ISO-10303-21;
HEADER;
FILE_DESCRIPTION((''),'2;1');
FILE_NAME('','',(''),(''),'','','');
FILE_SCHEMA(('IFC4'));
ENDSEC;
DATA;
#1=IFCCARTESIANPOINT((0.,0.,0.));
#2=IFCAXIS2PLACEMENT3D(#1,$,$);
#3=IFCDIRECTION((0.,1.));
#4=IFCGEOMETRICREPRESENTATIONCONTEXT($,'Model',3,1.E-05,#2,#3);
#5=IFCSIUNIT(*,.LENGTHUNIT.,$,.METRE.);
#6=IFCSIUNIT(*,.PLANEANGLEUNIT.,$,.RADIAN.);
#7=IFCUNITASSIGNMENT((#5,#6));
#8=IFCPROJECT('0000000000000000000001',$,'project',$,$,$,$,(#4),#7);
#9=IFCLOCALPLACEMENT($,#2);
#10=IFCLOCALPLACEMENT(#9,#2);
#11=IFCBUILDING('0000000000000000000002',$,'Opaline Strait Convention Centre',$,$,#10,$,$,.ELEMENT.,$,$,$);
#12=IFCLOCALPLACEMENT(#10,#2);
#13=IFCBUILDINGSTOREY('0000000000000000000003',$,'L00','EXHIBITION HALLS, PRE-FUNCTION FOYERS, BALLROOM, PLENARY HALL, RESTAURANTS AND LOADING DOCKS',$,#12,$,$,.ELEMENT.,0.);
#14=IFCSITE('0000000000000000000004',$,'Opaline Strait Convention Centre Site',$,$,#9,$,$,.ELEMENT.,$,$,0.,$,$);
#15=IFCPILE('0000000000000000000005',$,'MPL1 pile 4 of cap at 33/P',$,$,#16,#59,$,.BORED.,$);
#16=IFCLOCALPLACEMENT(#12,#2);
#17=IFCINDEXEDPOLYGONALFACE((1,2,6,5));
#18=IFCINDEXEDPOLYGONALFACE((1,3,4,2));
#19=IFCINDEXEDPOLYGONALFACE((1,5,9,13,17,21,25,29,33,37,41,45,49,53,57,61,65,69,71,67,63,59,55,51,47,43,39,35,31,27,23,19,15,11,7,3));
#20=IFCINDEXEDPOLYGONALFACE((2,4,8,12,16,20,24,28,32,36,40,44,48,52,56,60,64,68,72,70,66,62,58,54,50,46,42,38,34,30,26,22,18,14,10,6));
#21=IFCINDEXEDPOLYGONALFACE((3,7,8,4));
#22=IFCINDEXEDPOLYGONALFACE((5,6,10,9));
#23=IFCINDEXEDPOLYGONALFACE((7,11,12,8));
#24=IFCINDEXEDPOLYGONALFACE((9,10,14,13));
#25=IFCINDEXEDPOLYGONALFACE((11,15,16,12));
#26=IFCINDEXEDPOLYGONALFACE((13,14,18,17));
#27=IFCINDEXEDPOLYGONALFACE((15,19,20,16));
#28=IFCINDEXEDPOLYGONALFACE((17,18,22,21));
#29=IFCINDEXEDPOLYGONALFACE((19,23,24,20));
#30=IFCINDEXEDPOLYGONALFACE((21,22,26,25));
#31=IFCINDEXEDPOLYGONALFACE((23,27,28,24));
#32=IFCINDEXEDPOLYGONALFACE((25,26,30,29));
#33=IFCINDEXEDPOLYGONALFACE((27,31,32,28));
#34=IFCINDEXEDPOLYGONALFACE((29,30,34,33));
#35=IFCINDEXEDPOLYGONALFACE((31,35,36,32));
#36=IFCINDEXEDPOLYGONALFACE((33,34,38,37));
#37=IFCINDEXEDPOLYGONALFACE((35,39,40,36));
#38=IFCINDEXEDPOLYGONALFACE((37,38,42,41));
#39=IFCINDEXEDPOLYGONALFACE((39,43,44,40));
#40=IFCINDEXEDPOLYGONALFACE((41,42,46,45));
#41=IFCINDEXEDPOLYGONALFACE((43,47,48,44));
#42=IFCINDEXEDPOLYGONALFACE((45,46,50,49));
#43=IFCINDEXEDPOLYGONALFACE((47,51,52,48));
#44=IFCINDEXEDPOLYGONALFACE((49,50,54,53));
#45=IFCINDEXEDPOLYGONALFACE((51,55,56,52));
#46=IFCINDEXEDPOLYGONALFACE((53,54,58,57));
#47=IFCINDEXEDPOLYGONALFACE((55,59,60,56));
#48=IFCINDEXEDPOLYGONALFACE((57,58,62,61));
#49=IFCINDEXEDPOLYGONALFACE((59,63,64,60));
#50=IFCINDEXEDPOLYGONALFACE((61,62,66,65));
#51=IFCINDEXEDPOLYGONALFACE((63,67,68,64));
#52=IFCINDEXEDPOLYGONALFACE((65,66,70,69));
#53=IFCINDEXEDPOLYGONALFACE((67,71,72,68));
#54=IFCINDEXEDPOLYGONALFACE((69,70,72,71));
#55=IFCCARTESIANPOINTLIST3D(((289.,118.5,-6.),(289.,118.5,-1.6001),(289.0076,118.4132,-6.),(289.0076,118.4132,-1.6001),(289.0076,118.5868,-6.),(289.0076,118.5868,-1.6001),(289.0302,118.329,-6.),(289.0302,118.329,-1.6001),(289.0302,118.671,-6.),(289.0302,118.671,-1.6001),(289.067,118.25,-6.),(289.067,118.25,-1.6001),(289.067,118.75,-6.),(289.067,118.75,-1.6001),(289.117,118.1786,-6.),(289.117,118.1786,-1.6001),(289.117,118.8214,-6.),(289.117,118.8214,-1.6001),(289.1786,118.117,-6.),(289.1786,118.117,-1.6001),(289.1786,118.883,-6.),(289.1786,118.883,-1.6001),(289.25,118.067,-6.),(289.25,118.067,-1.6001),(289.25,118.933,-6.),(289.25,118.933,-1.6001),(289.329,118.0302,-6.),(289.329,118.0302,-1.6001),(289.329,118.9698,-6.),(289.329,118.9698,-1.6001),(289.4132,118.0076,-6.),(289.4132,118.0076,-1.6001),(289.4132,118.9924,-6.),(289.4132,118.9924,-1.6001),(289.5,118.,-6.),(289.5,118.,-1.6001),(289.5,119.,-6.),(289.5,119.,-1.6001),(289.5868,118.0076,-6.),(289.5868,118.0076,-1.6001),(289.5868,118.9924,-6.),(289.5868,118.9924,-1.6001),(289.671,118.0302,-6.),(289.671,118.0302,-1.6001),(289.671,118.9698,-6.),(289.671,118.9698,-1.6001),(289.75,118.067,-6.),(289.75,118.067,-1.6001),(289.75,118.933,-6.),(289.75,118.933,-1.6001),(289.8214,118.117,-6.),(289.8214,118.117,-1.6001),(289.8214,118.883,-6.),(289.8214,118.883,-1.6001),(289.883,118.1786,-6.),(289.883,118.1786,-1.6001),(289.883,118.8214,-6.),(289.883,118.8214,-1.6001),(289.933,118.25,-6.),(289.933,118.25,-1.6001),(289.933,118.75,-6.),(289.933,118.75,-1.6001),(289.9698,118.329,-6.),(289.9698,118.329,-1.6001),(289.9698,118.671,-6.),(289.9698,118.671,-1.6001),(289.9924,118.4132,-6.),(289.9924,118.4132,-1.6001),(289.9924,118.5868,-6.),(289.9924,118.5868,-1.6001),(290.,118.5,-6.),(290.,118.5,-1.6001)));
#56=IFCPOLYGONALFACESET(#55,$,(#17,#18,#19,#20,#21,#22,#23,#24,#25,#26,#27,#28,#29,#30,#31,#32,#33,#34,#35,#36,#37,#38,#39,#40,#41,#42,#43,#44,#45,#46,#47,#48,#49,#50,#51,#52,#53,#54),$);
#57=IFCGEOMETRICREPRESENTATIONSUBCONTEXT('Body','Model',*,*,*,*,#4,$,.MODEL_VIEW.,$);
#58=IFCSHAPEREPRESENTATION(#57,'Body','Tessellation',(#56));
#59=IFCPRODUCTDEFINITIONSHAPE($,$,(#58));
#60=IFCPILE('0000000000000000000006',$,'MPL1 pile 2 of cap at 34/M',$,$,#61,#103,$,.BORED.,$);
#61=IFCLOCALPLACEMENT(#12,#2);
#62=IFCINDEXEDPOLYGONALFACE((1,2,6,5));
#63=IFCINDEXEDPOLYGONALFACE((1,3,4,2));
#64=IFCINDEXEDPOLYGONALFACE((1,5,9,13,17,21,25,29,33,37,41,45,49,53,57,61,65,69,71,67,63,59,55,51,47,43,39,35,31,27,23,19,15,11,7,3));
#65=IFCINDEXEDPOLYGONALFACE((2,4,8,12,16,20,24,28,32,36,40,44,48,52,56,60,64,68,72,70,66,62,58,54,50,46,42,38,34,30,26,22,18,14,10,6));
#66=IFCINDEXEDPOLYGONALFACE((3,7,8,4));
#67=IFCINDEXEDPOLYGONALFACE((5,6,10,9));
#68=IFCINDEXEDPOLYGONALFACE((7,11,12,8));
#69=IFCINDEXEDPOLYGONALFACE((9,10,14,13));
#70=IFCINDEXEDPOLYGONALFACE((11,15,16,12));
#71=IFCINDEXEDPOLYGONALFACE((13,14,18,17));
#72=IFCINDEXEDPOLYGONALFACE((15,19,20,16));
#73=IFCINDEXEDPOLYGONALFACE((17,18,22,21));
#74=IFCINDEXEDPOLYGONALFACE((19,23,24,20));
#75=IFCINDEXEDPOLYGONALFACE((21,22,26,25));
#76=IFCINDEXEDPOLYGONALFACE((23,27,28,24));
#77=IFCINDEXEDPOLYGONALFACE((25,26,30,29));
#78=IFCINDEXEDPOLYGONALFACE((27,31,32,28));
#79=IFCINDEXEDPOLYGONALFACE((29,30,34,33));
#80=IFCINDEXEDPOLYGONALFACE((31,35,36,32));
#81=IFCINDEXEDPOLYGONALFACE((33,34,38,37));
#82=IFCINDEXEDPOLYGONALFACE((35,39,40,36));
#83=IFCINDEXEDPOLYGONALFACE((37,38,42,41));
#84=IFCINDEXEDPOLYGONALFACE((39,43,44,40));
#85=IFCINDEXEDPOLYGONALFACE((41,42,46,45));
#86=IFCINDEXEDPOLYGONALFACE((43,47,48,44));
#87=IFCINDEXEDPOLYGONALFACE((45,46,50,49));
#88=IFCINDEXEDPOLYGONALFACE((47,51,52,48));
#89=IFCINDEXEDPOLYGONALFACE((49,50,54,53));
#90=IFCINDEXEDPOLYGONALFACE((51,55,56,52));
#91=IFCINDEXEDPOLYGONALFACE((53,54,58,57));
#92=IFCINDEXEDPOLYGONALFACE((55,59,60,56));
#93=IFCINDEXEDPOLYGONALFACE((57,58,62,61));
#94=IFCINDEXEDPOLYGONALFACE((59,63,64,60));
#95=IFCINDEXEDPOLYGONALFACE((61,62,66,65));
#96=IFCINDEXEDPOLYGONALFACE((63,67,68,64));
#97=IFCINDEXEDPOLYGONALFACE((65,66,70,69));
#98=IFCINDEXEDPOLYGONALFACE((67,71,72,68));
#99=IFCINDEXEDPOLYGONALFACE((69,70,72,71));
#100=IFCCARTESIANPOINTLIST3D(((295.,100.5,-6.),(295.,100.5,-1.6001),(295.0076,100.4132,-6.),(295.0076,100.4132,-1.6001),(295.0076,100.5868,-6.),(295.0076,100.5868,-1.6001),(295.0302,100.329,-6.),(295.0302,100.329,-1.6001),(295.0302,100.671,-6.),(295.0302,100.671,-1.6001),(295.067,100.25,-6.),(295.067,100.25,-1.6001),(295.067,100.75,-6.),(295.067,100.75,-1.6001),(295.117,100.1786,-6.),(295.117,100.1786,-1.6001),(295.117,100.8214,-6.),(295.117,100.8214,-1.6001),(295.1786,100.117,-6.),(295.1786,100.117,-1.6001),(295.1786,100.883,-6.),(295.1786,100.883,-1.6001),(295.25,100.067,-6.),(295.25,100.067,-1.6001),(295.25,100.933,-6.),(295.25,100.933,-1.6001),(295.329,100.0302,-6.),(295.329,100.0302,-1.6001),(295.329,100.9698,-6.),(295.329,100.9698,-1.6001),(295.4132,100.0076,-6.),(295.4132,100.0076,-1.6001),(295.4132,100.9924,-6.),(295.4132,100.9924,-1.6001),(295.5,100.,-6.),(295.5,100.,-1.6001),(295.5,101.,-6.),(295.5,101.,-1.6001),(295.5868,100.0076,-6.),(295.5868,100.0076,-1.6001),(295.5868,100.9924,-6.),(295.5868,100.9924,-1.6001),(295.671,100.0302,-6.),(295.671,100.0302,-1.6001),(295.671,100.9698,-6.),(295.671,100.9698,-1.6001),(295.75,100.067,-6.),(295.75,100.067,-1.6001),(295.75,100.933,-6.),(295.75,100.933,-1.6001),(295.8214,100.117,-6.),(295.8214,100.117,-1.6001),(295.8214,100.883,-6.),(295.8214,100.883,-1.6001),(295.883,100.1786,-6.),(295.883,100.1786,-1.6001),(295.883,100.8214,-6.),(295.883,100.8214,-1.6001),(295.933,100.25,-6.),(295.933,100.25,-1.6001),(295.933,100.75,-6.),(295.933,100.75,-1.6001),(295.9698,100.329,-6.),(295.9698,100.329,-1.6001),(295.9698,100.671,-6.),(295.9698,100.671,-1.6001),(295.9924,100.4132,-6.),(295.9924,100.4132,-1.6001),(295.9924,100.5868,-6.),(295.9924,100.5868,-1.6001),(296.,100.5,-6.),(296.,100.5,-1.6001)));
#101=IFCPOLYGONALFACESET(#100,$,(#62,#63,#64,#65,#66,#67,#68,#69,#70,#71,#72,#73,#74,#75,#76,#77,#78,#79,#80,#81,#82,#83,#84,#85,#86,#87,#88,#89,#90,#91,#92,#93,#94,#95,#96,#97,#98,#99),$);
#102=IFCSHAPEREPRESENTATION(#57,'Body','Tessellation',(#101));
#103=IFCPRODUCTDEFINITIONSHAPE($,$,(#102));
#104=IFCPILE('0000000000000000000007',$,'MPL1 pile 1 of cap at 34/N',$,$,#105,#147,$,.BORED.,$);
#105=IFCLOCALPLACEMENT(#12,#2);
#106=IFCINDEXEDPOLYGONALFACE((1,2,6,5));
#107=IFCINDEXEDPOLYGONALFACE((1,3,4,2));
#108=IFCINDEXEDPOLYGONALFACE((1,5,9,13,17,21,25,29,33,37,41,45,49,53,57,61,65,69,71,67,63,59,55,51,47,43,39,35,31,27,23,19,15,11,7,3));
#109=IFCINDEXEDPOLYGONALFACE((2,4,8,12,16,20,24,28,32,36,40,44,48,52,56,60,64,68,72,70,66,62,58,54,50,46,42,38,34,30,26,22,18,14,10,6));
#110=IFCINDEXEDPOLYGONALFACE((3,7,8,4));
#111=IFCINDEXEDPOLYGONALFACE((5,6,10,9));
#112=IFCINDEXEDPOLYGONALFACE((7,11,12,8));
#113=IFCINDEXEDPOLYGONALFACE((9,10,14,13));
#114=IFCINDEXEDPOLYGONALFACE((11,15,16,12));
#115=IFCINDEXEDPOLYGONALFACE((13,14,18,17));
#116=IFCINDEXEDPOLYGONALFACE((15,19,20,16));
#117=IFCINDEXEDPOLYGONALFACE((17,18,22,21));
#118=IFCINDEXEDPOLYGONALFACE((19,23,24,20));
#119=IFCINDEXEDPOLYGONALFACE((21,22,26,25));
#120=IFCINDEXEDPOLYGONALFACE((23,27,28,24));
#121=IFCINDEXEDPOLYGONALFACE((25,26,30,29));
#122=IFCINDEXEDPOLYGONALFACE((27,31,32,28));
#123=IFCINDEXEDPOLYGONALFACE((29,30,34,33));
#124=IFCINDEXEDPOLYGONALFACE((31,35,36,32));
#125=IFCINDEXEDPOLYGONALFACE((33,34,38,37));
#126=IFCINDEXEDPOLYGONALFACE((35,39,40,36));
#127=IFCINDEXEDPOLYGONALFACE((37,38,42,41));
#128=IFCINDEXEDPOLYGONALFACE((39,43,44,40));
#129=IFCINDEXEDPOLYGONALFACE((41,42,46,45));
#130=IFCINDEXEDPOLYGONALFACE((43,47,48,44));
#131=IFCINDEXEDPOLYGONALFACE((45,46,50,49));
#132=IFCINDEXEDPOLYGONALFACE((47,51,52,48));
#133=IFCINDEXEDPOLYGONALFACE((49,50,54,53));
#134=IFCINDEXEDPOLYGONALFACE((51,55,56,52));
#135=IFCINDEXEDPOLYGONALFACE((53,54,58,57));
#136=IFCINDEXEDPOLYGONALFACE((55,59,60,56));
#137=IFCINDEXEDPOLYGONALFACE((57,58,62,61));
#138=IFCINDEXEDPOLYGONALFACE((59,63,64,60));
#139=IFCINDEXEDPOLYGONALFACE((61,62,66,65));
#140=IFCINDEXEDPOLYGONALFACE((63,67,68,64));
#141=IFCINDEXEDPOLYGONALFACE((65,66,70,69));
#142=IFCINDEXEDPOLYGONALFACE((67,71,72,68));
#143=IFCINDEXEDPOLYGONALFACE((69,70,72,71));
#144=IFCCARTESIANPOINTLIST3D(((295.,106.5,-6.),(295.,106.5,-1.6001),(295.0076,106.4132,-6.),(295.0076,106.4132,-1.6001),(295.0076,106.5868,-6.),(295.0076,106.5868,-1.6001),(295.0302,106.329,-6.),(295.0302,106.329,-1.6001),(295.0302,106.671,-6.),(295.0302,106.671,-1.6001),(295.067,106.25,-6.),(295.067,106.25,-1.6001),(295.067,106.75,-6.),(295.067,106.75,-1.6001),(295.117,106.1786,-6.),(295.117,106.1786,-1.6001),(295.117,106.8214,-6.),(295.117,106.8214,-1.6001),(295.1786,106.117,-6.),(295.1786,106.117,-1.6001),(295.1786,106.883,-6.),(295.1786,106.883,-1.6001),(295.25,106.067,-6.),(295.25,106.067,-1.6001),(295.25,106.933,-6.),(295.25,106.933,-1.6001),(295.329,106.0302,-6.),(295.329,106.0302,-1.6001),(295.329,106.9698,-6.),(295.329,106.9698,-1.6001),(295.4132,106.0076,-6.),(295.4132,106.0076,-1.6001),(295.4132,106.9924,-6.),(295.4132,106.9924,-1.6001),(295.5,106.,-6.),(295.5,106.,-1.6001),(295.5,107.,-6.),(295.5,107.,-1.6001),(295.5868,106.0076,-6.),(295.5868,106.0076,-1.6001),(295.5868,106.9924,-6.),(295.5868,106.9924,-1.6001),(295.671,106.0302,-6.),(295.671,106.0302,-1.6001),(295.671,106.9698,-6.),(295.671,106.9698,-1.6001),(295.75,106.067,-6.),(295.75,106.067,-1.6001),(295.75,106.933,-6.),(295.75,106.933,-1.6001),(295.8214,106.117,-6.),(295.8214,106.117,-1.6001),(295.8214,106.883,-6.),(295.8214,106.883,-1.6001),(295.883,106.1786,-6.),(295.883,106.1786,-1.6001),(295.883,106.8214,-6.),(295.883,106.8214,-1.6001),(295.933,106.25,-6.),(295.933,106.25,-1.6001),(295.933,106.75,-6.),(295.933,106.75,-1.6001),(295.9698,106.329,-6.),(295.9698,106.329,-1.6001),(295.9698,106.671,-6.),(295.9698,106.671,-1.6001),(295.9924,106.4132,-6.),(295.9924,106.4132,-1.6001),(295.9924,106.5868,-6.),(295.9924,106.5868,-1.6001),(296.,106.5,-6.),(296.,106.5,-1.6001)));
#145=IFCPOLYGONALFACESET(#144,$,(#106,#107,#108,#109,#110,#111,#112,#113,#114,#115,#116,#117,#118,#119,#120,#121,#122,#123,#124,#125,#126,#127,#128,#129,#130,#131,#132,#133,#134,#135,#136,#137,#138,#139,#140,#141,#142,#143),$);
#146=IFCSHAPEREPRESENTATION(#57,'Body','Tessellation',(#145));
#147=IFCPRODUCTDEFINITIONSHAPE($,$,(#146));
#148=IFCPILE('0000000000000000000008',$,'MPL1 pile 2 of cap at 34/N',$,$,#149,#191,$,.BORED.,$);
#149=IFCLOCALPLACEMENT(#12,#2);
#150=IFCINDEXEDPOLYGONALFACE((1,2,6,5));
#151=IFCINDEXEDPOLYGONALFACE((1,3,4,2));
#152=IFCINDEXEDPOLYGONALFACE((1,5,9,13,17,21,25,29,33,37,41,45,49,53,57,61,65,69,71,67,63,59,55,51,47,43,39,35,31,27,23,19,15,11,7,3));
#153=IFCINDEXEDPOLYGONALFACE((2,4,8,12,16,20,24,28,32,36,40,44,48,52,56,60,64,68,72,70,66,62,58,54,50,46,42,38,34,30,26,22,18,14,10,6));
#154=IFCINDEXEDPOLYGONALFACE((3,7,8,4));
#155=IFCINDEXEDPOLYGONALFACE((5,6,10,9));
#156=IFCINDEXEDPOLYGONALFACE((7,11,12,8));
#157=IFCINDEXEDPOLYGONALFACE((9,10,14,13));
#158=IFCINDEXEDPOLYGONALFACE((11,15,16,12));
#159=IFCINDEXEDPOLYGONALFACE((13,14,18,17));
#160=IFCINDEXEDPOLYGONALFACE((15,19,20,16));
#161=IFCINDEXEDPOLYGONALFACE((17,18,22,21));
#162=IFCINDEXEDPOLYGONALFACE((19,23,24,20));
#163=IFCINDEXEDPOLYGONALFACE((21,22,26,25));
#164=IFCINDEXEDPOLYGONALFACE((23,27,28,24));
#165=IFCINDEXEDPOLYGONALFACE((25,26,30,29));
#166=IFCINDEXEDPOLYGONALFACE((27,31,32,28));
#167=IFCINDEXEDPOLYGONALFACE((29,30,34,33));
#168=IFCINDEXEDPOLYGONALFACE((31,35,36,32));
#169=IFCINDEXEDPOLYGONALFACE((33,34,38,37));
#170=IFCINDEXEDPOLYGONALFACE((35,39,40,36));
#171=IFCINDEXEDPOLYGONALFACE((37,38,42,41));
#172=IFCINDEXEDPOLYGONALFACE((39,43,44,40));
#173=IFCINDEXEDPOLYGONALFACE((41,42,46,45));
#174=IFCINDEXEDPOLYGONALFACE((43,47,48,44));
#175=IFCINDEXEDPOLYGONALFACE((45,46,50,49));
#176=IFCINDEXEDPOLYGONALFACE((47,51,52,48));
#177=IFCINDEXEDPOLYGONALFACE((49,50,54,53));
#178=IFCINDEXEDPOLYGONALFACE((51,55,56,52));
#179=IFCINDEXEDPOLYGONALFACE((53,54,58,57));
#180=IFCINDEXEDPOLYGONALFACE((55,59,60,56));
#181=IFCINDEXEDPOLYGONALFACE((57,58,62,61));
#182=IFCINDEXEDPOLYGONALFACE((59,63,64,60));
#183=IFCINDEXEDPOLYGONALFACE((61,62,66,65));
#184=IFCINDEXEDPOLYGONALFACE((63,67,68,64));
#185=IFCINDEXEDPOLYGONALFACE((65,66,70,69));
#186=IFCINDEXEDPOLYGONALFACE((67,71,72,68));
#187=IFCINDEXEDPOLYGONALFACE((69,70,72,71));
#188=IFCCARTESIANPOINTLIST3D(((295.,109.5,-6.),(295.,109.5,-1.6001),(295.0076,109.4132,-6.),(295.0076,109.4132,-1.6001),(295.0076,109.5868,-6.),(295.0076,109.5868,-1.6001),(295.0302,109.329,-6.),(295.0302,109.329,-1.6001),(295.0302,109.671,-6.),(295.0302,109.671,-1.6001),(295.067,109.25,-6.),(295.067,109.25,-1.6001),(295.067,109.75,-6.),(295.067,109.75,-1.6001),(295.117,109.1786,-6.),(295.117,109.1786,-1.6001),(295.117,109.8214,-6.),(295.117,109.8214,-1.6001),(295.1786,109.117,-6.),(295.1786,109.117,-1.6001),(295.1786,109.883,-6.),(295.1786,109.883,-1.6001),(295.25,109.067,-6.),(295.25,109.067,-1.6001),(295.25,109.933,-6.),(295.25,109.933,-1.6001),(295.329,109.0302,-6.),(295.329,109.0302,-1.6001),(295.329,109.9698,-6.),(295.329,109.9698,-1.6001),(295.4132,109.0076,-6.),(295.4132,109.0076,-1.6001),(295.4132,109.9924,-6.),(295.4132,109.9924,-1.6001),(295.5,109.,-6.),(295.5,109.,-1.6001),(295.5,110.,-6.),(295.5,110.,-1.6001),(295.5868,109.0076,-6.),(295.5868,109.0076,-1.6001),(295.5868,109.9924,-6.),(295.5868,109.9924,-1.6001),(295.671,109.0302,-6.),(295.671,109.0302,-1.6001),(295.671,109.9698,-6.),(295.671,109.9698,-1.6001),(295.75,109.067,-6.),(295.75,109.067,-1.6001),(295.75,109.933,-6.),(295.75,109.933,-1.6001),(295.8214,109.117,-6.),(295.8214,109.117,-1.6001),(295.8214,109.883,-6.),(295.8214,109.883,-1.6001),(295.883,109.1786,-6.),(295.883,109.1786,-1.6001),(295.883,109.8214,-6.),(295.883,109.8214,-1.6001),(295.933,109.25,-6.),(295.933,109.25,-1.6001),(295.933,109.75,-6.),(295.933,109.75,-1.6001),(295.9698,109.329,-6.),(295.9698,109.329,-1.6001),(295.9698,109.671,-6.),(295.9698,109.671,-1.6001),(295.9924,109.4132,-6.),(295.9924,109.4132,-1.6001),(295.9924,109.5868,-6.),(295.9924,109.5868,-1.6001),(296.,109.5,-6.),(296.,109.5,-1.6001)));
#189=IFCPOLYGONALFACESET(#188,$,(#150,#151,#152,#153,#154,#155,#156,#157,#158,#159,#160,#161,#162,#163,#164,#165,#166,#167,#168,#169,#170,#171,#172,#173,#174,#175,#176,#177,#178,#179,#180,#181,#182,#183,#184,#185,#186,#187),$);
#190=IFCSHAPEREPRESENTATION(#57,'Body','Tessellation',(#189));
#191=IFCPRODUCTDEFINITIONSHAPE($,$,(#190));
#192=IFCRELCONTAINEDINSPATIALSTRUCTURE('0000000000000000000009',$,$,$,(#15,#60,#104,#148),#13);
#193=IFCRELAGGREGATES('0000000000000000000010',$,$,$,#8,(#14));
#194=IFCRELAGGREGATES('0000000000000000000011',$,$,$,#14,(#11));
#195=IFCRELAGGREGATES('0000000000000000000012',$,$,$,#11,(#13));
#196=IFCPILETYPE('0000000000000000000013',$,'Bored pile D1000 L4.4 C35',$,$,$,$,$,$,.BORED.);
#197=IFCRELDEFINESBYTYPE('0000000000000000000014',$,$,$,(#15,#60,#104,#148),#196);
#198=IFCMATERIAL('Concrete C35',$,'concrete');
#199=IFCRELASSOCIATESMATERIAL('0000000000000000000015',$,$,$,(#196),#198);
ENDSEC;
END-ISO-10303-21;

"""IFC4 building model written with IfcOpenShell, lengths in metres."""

from ifc_helpers import new_model, si_unit, direction, frame, origin, origin_2d, place, context, subcontext, project, spatial, circle, extrude, material, material_profile, profile_set, type_object, element, save


model = new_model("IFC4")

# Units and contexts
model_context = context("Model", 3, precision=1e-05, world=origin(), true_north=direction((0.0, 1.0)))
body_context = subcontext(model_context, "Body", "Model", "MODEL_VIEW")
ifc_project = project(units=[si_unit("LENGTHUNIT", "METRE"), si_unit("PLANEANGLEUNIT", "RADIAN")], contexts=[model_context])

# Site, building, storey
site_placement = place(None, origin())
site = spatial("IfcSite", under=ifc_project, at=site_placement, Name="Opaline Strait Convention Centre Site", CompositionType="ELEMENT", RefElevation=0.0)
building_placement = place(site_placement, origin())
building = spatial("IfcBuilding", under=site, at=building_placement, Name="Opaline Strait Convention Centre", CompositionType="ELEMENT")
storey_placement = place(building_placement, origin())
storey = spatial("IfcBuildingStorey", under=building, at=storey_placement, Name="L00", Description="EXHIBITION HALLS, PRE-FUNCTION FOYERS, BALLROOM, PLENARY HALL, RESTAURANTS AND LOADING DOCKS", CompositionType="ELEMENT", Elevation=0.0)

# Piles
ifc_material_1 = material(Name="Concrete C35", Category="concrete")
ifc_material_profile_1 = material_profile(ifc_material_1, circle(Radius=0.5, at=origin_2d()), Name="D1000")
ifc_profile_set_1 = profile_set([ifc_material_profile_1], Name="Concrete C35")
pile_type = type_object("IfcPileType", Name="Bored pile D1000 L4.4 C35", PredefinedType="BORED", material=ifc_profile_set_1)
for number, where, z_axis, x_axis, name in (
    (1, (289.5, 118.5, -1.6001), (0.0, 0.0, -1.0), (1.0, 0.0, 0.0), "MPL1 pile 4 of cap at 33/P"),
    (2, (295.5, 100.5, -1.6001), (0.0, 0.0, -1.0), (1.0, 0.0, 0.0), "MPL1 pile 2 of cap at 34/M"),
    (3, (295.5, 106.5, -1.6001), (0.0, 0.0, -1.0), (1.0, 0.0, 0.0), "MPL1 pile 1 of cap at 34/N"),
    (4, (295.5, 109.5, -1.6001), (0.0, 0.0, -1.0), (1.0, 0.0, 0.0), "MPL1 pile 2 of cap at 34/N"),
):
    element("IfcPile", number, at=place(storey_placement, frame(where, z_axis=z_axis, x_axis=x_axis)), inside=storey, type_object=pile_type, Name=name, PredefinedType="BORED", context=body_context, shape_type="SweptSolid", body=[
        extrude(circle(Radius=0.5, at=origin_2d()), origin(), (0.0, 0.0, 1.0), 4.3999),
    ])

save(model, "model.ifc")
